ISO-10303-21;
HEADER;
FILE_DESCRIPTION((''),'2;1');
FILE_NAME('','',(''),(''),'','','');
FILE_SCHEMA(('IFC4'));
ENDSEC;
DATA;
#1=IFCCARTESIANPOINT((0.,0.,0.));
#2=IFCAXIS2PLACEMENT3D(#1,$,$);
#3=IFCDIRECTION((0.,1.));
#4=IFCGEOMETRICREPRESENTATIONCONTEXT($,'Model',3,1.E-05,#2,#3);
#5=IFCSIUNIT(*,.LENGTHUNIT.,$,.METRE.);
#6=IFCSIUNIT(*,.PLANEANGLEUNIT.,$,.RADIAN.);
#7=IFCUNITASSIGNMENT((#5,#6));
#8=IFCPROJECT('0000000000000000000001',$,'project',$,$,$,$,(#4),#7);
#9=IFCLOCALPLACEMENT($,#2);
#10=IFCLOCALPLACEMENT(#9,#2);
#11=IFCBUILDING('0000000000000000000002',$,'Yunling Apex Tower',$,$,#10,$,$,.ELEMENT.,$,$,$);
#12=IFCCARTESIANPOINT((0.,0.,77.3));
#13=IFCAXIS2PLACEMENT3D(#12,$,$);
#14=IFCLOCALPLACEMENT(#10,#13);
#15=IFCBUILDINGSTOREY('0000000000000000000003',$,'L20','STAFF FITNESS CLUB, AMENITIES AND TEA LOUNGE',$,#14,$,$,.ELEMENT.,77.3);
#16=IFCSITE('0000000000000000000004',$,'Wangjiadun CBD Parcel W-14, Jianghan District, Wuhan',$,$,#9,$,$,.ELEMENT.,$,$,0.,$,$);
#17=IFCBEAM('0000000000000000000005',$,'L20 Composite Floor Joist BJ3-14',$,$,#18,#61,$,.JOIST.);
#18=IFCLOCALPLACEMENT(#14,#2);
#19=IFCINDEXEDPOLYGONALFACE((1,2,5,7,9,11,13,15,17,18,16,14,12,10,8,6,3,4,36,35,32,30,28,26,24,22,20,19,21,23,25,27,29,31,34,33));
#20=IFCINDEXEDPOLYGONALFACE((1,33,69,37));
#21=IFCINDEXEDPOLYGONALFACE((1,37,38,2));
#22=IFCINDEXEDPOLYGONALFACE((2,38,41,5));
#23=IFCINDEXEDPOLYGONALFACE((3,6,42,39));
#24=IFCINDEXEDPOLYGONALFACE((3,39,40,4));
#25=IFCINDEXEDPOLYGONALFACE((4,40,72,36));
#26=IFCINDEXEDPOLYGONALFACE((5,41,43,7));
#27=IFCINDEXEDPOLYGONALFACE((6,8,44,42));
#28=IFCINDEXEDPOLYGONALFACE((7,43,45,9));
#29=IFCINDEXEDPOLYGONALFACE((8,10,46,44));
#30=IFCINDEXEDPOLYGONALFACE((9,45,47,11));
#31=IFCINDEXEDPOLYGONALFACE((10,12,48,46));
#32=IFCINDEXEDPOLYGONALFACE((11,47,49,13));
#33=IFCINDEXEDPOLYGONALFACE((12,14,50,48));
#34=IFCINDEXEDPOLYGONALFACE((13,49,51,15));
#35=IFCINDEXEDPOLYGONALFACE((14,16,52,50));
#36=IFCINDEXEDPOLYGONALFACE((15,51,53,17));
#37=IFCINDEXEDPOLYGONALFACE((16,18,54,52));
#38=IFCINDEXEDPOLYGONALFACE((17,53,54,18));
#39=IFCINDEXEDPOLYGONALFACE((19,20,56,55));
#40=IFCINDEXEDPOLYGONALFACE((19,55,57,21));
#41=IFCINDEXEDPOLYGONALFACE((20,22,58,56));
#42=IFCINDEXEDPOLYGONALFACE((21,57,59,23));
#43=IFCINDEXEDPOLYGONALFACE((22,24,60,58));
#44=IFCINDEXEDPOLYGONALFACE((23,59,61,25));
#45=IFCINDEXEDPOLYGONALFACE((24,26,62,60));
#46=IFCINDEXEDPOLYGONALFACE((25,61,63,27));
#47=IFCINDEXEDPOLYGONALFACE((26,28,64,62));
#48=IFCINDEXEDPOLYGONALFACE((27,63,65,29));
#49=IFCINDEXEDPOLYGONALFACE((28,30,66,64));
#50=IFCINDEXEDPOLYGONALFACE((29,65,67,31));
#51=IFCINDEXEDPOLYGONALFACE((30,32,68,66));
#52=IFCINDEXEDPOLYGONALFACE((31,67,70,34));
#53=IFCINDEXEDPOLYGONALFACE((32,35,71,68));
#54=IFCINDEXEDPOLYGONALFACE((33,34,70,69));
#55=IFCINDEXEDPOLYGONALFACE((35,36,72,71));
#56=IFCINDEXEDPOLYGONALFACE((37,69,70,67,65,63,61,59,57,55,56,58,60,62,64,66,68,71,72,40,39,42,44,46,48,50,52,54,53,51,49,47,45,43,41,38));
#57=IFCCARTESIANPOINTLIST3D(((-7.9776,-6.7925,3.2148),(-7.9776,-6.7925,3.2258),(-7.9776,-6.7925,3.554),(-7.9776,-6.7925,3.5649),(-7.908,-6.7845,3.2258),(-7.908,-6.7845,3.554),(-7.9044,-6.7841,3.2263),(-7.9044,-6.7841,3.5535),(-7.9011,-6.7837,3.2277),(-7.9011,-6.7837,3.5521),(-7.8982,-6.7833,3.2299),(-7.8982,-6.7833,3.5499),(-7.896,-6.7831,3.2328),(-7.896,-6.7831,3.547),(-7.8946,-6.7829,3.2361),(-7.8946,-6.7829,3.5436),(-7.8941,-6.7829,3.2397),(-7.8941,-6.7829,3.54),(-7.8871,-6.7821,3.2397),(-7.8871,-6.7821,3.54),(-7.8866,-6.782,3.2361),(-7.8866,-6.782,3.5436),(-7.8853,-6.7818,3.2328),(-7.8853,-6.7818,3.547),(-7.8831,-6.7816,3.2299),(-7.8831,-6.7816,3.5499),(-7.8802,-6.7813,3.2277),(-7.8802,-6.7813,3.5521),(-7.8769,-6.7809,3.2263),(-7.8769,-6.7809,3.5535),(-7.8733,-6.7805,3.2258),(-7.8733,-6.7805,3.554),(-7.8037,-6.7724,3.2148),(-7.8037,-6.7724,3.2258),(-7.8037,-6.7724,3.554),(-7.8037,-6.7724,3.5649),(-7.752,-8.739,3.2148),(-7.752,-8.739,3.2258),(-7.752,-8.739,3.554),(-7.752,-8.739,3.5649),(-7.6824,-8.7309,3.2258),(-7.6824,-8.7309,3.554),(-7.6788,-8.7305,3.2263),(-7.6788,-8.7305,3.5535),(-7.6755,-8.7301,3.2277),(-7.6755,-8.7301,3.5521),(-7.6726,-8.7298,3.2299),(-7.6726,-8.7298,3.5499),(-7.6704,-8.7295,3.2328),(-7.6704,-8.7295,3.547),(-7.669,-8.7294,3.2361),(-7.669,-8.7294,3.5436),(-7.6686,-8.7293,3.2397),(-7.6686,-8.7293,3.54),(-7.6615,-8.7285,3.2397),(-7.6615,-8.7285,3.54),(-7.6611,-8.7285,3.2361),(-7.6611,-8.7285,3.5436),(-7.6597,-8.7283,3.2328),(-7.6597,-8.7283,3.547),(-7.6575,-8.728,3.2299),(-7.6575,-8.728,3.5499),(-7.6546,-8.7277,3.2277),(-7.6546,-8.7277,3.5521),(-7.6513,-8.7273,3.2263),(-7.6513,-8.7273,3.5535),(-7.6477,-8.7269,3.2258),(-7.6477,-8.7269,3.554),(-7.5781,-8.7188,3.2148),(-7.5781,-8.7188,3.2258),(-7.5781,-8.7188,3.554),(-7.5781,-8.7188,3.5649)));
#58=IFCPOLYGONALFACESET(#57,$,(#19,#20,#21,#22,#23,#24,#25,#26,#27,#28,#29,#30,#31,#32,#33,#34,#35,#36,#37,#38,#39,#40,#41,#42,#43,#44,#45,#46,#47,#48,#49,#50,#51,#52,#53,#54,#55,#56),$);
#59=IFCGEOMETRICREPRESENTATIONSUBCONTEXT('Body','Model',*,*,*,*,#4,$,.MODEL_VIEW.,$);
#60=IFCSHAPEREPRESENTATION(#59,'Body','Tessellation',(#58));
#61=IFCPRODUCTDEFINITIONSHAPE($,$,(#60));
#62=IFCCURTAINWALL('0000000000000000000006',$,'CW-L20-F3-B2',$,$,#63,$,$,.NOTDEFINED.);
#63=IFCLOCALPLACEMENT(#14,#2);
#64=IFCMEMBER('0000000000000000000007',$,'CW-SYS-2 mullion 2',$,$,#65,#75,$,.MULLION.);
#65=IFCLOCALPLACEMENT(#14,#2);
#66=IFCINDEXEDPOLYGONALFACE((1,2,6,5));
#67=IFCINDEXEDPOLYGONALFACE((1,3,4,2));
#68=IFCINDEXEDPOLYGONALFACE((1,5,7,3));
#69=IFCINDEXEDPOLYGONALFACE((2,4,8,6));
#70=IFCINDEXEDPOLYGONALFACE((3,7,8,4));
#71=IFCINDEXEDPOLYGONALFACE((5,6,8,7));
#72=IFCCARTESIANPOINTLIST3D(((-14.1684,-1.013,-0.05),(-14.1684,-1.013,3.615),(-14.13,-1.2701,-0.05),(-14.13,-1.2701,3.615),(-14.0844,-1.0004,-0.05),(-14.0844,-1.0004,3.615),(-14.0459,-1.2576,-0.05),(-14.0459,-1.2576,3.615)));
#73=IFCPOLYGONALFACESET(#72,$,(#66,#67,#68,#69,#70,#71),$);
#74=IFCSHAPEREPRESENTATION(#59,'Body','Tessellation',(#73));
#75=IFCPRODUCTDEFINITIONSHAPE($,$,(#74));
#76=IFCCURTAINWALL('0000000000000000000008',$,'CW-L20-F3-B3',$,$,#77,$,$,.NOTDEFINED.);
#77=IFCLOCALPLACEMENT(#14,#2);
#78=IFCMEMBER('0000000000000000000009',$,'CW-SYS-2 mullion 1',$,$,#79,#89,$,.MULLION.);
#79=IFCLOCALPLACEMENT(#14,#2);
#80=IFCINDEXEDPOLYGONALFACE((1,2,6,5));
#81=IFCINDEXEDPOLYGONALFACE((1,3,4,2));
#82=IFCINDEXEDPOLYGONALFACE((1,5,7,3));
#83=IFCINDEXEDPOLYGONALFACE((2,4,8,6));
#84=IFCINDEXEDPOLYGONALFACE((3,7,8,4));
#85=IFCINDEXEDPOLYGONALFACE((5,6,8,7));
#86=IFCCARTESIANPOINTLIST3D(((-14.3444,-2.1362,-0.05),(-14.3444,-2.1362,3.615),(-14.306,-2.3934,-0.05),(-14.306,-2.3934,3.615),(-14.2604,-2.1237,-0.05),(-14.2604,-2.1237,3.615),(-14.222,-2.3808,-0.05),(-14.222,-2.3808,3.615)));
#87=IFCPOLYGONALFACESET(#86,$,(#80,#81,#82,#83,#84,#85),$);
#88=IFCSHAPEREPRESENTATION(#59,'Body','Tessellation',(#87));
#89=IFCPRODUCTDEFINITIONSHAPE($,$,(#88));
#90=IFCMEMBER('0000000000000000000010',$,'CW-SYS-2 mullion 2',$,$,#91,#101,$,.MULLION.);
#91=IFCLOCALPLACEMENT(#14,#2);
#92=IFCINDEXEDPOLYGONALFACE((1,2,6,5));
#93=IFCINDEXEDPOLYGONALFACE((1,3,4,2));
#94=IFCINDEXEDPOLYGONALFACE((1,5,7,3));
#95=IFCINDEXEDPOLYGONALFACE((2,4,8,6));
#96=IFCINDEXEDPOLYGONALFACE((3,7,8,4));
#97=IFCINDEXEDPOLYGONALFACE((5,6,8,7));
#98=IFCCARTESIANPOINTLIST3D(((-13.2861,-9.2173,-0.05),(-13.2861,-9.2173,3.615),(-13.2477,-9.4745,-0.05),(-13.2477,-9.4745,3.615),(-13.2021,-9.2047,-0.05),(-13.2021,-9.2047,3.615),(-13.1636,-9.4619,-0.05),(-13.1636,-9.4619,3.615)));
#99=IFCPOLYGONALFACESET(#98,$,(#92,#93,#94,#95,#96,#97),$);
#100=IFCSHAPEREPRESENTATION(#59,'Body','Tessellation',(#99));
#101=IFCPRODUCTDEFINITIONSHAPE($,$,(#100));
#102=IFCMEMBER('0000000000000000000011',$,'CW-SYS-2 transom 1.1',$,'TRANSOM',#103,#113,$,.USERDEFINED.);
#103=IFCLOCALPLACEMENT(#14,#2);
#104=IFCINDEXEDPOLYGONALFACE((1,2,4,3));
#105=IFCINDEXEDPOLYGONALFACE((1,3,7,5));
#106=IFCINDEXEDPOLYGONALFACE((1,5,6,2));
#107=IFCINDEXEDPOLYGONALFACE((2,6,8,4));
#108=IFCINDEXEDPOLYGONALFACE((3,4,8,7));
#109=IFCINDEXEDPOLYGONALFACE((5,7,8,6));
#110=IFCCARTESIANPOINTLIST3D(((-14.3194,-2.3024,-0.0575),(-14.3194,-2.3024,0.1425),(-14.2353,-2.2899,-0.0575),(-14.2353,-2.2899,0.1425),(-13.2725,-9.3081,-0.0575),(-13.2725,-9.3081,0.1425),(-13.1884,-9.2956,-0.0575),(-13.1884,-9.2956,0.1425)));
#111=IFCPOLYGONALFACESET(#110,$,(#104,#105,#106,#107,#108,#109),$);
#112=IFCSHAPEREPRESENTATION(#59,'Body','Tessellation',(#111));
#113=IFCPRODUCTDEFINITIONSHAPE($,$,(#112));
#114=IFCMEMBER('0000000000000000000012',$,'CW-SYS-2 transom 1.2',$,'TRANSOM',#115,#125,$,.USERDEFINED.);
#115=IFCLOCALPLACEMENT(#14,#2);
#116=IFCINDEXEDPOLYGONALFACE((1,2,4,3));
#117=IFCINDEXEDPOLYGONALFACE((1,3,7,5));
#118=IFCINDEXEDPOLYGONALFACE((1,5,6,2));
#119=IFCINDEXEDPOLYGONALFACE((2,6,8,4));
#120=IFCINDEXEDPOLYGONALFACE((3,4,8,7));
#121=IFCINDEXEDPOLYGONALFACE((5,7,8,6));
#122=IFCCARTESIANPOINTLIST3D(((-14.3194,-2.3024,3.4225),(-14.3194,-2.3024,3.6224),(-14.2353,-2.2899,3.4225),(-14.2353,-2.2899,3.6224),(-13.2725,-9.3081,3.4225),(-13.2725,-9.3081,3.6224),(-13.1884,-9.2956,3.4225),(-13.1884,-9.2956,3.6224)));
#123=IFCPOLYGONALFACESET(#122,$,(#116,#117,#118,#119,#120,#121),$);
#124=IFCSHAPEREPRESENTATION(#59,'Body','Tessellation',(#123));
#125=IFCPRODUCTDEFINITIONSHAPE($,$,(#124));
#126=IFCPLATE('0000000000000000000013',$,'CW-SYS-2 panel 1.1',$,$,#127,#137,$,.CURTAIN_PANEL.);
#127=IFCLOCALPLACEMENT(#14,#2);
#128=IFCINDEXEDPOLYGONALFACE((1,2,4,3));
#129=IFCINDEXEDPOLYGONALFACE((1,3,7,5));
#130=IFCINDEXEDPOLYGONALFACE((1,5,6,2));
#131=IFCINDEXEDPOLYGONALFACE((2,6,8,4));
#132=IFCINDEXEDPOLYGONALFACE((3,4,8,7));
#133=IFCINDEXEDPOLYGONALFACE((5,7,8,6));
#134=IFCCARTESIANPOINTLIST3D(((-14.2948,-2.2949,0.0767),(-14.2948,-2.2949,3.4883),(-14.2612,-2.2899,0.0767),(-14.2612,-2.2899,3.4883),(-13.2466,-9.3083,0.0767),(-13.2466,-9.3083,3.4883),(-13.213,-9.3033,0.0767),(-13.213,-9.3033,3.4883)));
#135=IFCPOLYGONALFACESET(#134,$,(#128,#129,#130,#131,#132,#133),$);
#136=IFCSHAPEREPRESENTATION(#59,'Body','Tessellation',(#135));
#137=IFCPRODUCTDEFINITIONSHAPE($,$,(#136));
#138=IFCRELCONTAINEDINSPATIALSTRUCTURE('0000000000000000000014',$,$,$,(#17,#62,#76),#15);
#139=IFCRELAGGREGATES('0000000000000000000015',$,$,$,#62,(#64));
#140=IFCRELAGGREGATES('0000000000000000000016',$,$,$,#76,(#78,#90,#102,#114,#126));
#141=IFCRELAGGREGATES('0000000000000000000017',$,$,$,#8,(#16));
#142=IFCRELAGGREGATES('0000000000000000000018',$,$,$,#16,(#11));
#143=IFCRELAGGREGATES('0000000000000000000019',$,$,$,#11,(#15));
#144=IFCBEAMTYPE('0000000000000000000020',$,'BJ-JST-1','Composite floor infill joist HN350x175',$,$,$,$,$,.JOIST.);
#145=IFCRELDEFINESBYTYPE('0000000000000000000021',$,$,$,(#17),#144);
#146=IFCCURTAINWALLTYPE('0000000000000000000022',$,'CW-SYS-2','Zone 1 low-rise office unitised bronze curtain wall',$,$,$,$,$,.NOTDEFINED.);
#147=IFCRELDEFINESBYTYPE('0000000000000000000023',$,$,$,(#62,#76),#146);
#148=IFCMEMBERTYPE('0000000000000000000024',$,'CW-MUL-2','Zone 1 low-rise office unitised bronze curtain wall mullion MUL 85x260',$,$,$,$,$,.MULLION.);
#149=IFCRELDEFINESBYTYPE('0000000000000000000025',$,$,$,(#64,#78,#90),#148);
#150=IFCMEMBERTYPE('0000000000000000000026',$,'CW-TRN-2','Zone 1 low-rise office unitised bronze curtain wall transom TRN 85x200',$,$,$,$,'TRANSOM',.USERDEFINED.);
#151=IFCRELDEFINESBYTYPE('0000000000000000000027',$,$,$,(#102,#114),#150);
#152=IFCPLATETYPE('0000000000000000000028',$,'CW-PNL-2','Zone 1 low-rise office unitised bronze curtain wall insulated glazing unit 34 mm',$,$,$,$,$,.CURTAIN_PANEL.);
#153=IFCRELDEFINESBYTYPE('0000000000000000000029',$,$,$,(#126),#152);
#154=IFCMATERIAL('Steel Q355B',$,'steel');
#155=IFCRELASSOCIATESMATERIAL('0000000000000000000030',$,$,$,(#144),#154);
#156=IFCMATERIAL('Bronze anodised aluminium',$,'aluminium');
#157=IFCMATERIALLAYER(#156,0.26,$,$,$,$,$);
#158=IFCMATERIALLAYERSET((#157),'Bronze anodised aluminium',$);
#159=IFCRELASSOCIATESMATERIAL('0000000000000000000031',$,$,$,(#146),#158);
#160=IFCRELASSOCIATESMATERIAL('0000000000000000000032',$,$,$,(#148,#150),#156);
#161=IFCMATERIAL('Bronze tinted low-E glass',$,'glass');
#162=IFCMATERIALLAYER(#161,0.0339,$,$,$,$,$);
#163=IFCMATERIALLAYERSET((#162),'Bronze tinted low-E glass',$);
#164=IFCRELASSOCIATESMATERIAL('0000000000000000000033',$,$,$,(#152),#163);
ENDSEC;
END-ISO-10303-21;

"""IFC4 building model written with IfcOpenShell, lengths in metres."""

from ifc_helpers import new_model, si_unit, direction, frame, origin, origin_2d, place, context, subcontext, project, spatial, rectangle, i_section, extrude, source, transform, mapped, material, layer, layer_set, material_profile, profile_set, type_object, element, aggregate, save


model = new_model("IFC4")

# Units and contexts
model_context = context("Model", 3, precision=1e-05, world=origin(), true_north=direction((0.0, 1.0)))
body_context = subcontext(model_context, "Body", "Model", "MODEL_VIEW")
ifc_project = project(units=[si_unit("LENGTHUNIT", "METRE"), si_unit("PLANEANGLEUNIT", "RADIAN")], contexts=[model_context])

# Site, building, storey
site_placement = place(None, origin())
site = spatial("IfcSite", under=ifc_project, at=site_placement, Name="Wangjiadun CBD Parcel W-14, Jianghan District, Wuhan", CompositionType="ELEMENT", RefElevation=0.0)
building_placement = place(site_placement, origin())
building = spatial("IfcBuilding", under=site, at=building_placement, Name="Yunling Apex Tower", CompositionType="ELEMENT")
storey_placement = place(building_placement, frame((0.0, 0.0, 77.3)))
storey = spatial("IfcBuildingStorey", under=building, at=storey_placement, Name="L20", Description="STAFF FITNESS CLUB, AMENITIES AND TEA LOUNGE", CompositionType="ELEMENT", Elevation=77.3)

# Beam
ifc_material_1 = material(Name="Steel Q355B", Category="steel")
ifc_material_profile_1 = material_profile(ifc_material_1, i_section(OverallWidth=0.175, OverallDepth=0.3501, WebThickness=0.0071, FlangeThickness=0.011, FilletRadius=0.0139, at=origin_2d()))
ifc_profile_set_1 = profile_set([ifc_material_profile_1], Name="Steel Q355B")
beam_type_1 = type_object("IfcBeamType", Name="BJ-JST-1", Description="Composite floor infill joist HN350x175", PredefinedType="JOIST", material=ifc_profile_set_1)
shared_shape_1 = source(origin(), body_context, "Body", "SweptSolid", [
    extrude(i_section(OverallWidth=0.175, OverallDepth=0.3501, WebThickness=0.0071, FlangeThickness=0.011, FilletRadius=0.0139, at=origin_2d()), origin(), (0.0, 0.0, 1.0), 1.9595),
])
beam_1_placement = place(storey_placement, frame((-7.8906, -6.7825, 3.3899), z_axis=(0.115121, -0.993352, 0.0), x_axis=(0.993352, 0.115121, 0.0)))
element("IfcBeam", 1, at=beam_1_placement, inside=storey, type_object=beam_type_1, Name="L20 Composite Floor Joist BJ3-14", PredefinedType="JOIST", context=body_context, shape_type="MappedRepresentation", body=[
    mapped(shared_shape_1, transform((0.0, 0.0, 0.0), scale=1.0)),
])

# Curtain wall, member
ifc_material_2 = material(Name="Bronze anodised aluminium", Category="aluminium")
ifc_layer_1 = layer(ifc_material_2, 0.26)
ifc_layer_set_1 = layer_set([ifc_layer_1], Name="Bronze anodised aluminium")
curtain_wall_type = type_object("IfcCurtainWallType", Name="CW-SYS-2", Description="Zone 1 low-rise office unitised bronze curtain wall", PredefinedType="NOTDEFINED", material=ifc_layer_set_1)
curtain_wall_1_placement = place(storey_placement, origin())
curtain_wall_1 = element("IfcCurtainWall", 2, at=curtain_wall_1_placement, inside=storey, type_object=curtain_wall_type, Name="CW-L20-F3-B2", PredefinedType="NOTDEFINED")
ifc_material_profile_2 = material_profile(ifc_material_2, rectangle(XDim=0.085, YDim=0.26, at=origin_2d()))
ifc_profile_set_2 = profile_set([ifc_material_profile_2], Name="Bronze anodised aluminium")
member_type_1 = type_object("IfcMemberType", Name="CW-MUL-2", Description="Zone 1 low-rise office unitised bronze curtain wall mullion MUL 85x260", PredefinedType="MULLION", material=ifc_profile_set_2)
shared_shape_2 = source(origin(), body_context, "Body", "SweptSolid", [
    extrude(rectangle(XDim=0.085, YDim=0.26, at=origin_2d()), origin(), (0.0, 0.0, 1.0), 3.665),
])
member_1_placement = place(storey_placement, frame((-14.1072, -1.1353, -0.05), z_axis=(0.0, 0.0, 1.0), x_axis=(0.989017, 0.147801, 0.0)))
member_1 = element("IfcMember", 3, at=member_1_placement, type_object=member_type_1, Name="CW-SYS-2 mullion 2", PredefinedType="MULLION", context=body_context, shape_type="MappedRepresentation", body=[
    mapped(shared_shape_2, transform((0.0, 0.0, 0.0), scale=1.0)),
])
aggregate(curtain_wall_1, [member_1])

# Curtain wall, members, plate
curtain_wall_2_placement = place(storey_placement, origin())
curtain_wall_2 = element("IfcCurtainWall", 4, at=curtain_wall_2_placement, inside=storey, type_object=curtain_wall_type, Name="CW-L20-F3-B3", PredefinedType="NOTDEFINED")
member_2_placement = place(storey_placement, frame((-14.2832, -2.2585, -0.05), z_axis=(0.0, 0.0, 1.0), x_axis=(0.989015, 0.147815, 0.0)))
member_2 = element("IfcMember", 5, at=member_2_placement, type_object=member_type_1, Name="CW-SYS-2 mullion 1", PredefinedType="MULLION", context=body_context, shape_type="MappedRepresentation", body=[
    mapped(shared_shape_2, transform((0.0, 0.0, 0.0), scale=1.0)),
])
member_3_placement = place(storey_placement, frame((-13.2249, -9.3396, -0.05), z_axis=(0.0, 0.0, 1.0), x_axis=(0.989015, 0.147815, 0.0)))
member_3 = element("IfcMember", 6, at=member_3_placement, type_object=member_type_1, Name="CW-SYS-2 mullion 2", PredefinedType="MULLION", context=body_context, shape_type="MappedRepresentation", body=[
    mapped(shared_shape_2, transform((0.0, 0.0, 0.0), scale=1.0)),
])
ifc_material_profile_3 = material_profile(ifc_material_2, rectangle(XDim=0.085, YDim=0.2, at=origin_2d()))
ifc_profile_set_3 = profile_set([ifc_material_profile_3], Name="Bronze anodised aluminium")
member_type_2 = type_object("IfcMemberType", Name="CW-TRN-2", Description="Zone 1 low-rise office unitised bronze curtain wall transom TRN 85x200", ElementType="TRANSOM", PredefinedType="USERDEFINED", material=ifc_profile_set_3)
shared_shape_3 = source(origin(), body_context, "Body", "SweptSolid", [
    extrude(rectangle(XDim=0.085, YDim=0.2, at=origin_2d()), origin(), (0.0, 0.0, 1.0), 7.0835),
])
member_4_placement = place(storey_placement, frame((-14.2773, -2.2961, 0.0425), z_axis=(0.147793, -0.989018, 0.0), x_axis=(0.989018, 0.147793, 0.0)))
member_4 = element("IfcMember", 7, at=member_4_placement, type_object=member_type_2, Name="CW-SYS-2 transom 1.1", ObjectType="TRANSOM", PredefinedType="USERDEFINED", context=body_context, shape_type="MappedRepresentation", body=[
    mapped(shared_shape_3, transform((0.0, 0.0, 0.0), scale=1.0)),
])
member_5_placement = place(storey_placement, frame((-14.2773, -2.2961, 3.5225), z_axis=(0.147793, -0.989018, 0.0), x_axis=(0.989018, 0.147793, 0.0)))
member_5 = element("IfcMember", 8, at=member_5_placement, type_object=member_type_2, Name="CW-SYS-2 transom 1.2", ObjectType="TRANSOM", PredefinedType="USERDEFINED", context=body_context, shape_type="MappedRepresentation", body=[
    mapped(shared_shape_3, transform((0.0, 0.0, 0.0), scale=1.0)),
])
ifc_material_3 = material(Name="Bronze tinted low-E glass", Category="glass")
ifc_layer_2 = layer(ifc_material_3, 0.0339)
ifc_layer_set_2 = layer_set([ifc_layer_2], Name="Bronze tinted low-E glass")
plate_type = type_object("IfcPlateType", Name="CW-PNL-2", Description="Zone 1 low-rise office unitised bronze curtain wall insulated glazing unit 34 mm", PredefinedType="CURTAIN_PANEL", material=ifc_layer_set_2)
shared_shape_4 = source(origin(), body_context, "Body", "SweptSolid", [
    extrude(rectangle(XDim=7.0913, YDim=0.0339, at=origin_2d()), origin(), (0.0, 0.0, 1.0), 3.4116),
])
plate_placement = place(storey_placement, frame((-13.7539, -5.7991, 0.0767), z_axis=(0.0, 0.0, 1.0), x_axis=(0.147815, -0.989015, 0.0)))
plate = element("IfcPlate", 9, at=plate_placement, type_object=plate_type, Name="CW-SYS-2 panel 1.1", PredefinedType="CURTAIN_PANEL", context=body_context, shape_type="MappedRepresentation", body=[
    mapped(shared_shape_4, transform((0.0, 0.0, 0.0), scale=1.0)),
])
aggregate(curtain_wall_2, [member_2, member_3, member_4, member_5, plate])

save(model, "model.ifc")
